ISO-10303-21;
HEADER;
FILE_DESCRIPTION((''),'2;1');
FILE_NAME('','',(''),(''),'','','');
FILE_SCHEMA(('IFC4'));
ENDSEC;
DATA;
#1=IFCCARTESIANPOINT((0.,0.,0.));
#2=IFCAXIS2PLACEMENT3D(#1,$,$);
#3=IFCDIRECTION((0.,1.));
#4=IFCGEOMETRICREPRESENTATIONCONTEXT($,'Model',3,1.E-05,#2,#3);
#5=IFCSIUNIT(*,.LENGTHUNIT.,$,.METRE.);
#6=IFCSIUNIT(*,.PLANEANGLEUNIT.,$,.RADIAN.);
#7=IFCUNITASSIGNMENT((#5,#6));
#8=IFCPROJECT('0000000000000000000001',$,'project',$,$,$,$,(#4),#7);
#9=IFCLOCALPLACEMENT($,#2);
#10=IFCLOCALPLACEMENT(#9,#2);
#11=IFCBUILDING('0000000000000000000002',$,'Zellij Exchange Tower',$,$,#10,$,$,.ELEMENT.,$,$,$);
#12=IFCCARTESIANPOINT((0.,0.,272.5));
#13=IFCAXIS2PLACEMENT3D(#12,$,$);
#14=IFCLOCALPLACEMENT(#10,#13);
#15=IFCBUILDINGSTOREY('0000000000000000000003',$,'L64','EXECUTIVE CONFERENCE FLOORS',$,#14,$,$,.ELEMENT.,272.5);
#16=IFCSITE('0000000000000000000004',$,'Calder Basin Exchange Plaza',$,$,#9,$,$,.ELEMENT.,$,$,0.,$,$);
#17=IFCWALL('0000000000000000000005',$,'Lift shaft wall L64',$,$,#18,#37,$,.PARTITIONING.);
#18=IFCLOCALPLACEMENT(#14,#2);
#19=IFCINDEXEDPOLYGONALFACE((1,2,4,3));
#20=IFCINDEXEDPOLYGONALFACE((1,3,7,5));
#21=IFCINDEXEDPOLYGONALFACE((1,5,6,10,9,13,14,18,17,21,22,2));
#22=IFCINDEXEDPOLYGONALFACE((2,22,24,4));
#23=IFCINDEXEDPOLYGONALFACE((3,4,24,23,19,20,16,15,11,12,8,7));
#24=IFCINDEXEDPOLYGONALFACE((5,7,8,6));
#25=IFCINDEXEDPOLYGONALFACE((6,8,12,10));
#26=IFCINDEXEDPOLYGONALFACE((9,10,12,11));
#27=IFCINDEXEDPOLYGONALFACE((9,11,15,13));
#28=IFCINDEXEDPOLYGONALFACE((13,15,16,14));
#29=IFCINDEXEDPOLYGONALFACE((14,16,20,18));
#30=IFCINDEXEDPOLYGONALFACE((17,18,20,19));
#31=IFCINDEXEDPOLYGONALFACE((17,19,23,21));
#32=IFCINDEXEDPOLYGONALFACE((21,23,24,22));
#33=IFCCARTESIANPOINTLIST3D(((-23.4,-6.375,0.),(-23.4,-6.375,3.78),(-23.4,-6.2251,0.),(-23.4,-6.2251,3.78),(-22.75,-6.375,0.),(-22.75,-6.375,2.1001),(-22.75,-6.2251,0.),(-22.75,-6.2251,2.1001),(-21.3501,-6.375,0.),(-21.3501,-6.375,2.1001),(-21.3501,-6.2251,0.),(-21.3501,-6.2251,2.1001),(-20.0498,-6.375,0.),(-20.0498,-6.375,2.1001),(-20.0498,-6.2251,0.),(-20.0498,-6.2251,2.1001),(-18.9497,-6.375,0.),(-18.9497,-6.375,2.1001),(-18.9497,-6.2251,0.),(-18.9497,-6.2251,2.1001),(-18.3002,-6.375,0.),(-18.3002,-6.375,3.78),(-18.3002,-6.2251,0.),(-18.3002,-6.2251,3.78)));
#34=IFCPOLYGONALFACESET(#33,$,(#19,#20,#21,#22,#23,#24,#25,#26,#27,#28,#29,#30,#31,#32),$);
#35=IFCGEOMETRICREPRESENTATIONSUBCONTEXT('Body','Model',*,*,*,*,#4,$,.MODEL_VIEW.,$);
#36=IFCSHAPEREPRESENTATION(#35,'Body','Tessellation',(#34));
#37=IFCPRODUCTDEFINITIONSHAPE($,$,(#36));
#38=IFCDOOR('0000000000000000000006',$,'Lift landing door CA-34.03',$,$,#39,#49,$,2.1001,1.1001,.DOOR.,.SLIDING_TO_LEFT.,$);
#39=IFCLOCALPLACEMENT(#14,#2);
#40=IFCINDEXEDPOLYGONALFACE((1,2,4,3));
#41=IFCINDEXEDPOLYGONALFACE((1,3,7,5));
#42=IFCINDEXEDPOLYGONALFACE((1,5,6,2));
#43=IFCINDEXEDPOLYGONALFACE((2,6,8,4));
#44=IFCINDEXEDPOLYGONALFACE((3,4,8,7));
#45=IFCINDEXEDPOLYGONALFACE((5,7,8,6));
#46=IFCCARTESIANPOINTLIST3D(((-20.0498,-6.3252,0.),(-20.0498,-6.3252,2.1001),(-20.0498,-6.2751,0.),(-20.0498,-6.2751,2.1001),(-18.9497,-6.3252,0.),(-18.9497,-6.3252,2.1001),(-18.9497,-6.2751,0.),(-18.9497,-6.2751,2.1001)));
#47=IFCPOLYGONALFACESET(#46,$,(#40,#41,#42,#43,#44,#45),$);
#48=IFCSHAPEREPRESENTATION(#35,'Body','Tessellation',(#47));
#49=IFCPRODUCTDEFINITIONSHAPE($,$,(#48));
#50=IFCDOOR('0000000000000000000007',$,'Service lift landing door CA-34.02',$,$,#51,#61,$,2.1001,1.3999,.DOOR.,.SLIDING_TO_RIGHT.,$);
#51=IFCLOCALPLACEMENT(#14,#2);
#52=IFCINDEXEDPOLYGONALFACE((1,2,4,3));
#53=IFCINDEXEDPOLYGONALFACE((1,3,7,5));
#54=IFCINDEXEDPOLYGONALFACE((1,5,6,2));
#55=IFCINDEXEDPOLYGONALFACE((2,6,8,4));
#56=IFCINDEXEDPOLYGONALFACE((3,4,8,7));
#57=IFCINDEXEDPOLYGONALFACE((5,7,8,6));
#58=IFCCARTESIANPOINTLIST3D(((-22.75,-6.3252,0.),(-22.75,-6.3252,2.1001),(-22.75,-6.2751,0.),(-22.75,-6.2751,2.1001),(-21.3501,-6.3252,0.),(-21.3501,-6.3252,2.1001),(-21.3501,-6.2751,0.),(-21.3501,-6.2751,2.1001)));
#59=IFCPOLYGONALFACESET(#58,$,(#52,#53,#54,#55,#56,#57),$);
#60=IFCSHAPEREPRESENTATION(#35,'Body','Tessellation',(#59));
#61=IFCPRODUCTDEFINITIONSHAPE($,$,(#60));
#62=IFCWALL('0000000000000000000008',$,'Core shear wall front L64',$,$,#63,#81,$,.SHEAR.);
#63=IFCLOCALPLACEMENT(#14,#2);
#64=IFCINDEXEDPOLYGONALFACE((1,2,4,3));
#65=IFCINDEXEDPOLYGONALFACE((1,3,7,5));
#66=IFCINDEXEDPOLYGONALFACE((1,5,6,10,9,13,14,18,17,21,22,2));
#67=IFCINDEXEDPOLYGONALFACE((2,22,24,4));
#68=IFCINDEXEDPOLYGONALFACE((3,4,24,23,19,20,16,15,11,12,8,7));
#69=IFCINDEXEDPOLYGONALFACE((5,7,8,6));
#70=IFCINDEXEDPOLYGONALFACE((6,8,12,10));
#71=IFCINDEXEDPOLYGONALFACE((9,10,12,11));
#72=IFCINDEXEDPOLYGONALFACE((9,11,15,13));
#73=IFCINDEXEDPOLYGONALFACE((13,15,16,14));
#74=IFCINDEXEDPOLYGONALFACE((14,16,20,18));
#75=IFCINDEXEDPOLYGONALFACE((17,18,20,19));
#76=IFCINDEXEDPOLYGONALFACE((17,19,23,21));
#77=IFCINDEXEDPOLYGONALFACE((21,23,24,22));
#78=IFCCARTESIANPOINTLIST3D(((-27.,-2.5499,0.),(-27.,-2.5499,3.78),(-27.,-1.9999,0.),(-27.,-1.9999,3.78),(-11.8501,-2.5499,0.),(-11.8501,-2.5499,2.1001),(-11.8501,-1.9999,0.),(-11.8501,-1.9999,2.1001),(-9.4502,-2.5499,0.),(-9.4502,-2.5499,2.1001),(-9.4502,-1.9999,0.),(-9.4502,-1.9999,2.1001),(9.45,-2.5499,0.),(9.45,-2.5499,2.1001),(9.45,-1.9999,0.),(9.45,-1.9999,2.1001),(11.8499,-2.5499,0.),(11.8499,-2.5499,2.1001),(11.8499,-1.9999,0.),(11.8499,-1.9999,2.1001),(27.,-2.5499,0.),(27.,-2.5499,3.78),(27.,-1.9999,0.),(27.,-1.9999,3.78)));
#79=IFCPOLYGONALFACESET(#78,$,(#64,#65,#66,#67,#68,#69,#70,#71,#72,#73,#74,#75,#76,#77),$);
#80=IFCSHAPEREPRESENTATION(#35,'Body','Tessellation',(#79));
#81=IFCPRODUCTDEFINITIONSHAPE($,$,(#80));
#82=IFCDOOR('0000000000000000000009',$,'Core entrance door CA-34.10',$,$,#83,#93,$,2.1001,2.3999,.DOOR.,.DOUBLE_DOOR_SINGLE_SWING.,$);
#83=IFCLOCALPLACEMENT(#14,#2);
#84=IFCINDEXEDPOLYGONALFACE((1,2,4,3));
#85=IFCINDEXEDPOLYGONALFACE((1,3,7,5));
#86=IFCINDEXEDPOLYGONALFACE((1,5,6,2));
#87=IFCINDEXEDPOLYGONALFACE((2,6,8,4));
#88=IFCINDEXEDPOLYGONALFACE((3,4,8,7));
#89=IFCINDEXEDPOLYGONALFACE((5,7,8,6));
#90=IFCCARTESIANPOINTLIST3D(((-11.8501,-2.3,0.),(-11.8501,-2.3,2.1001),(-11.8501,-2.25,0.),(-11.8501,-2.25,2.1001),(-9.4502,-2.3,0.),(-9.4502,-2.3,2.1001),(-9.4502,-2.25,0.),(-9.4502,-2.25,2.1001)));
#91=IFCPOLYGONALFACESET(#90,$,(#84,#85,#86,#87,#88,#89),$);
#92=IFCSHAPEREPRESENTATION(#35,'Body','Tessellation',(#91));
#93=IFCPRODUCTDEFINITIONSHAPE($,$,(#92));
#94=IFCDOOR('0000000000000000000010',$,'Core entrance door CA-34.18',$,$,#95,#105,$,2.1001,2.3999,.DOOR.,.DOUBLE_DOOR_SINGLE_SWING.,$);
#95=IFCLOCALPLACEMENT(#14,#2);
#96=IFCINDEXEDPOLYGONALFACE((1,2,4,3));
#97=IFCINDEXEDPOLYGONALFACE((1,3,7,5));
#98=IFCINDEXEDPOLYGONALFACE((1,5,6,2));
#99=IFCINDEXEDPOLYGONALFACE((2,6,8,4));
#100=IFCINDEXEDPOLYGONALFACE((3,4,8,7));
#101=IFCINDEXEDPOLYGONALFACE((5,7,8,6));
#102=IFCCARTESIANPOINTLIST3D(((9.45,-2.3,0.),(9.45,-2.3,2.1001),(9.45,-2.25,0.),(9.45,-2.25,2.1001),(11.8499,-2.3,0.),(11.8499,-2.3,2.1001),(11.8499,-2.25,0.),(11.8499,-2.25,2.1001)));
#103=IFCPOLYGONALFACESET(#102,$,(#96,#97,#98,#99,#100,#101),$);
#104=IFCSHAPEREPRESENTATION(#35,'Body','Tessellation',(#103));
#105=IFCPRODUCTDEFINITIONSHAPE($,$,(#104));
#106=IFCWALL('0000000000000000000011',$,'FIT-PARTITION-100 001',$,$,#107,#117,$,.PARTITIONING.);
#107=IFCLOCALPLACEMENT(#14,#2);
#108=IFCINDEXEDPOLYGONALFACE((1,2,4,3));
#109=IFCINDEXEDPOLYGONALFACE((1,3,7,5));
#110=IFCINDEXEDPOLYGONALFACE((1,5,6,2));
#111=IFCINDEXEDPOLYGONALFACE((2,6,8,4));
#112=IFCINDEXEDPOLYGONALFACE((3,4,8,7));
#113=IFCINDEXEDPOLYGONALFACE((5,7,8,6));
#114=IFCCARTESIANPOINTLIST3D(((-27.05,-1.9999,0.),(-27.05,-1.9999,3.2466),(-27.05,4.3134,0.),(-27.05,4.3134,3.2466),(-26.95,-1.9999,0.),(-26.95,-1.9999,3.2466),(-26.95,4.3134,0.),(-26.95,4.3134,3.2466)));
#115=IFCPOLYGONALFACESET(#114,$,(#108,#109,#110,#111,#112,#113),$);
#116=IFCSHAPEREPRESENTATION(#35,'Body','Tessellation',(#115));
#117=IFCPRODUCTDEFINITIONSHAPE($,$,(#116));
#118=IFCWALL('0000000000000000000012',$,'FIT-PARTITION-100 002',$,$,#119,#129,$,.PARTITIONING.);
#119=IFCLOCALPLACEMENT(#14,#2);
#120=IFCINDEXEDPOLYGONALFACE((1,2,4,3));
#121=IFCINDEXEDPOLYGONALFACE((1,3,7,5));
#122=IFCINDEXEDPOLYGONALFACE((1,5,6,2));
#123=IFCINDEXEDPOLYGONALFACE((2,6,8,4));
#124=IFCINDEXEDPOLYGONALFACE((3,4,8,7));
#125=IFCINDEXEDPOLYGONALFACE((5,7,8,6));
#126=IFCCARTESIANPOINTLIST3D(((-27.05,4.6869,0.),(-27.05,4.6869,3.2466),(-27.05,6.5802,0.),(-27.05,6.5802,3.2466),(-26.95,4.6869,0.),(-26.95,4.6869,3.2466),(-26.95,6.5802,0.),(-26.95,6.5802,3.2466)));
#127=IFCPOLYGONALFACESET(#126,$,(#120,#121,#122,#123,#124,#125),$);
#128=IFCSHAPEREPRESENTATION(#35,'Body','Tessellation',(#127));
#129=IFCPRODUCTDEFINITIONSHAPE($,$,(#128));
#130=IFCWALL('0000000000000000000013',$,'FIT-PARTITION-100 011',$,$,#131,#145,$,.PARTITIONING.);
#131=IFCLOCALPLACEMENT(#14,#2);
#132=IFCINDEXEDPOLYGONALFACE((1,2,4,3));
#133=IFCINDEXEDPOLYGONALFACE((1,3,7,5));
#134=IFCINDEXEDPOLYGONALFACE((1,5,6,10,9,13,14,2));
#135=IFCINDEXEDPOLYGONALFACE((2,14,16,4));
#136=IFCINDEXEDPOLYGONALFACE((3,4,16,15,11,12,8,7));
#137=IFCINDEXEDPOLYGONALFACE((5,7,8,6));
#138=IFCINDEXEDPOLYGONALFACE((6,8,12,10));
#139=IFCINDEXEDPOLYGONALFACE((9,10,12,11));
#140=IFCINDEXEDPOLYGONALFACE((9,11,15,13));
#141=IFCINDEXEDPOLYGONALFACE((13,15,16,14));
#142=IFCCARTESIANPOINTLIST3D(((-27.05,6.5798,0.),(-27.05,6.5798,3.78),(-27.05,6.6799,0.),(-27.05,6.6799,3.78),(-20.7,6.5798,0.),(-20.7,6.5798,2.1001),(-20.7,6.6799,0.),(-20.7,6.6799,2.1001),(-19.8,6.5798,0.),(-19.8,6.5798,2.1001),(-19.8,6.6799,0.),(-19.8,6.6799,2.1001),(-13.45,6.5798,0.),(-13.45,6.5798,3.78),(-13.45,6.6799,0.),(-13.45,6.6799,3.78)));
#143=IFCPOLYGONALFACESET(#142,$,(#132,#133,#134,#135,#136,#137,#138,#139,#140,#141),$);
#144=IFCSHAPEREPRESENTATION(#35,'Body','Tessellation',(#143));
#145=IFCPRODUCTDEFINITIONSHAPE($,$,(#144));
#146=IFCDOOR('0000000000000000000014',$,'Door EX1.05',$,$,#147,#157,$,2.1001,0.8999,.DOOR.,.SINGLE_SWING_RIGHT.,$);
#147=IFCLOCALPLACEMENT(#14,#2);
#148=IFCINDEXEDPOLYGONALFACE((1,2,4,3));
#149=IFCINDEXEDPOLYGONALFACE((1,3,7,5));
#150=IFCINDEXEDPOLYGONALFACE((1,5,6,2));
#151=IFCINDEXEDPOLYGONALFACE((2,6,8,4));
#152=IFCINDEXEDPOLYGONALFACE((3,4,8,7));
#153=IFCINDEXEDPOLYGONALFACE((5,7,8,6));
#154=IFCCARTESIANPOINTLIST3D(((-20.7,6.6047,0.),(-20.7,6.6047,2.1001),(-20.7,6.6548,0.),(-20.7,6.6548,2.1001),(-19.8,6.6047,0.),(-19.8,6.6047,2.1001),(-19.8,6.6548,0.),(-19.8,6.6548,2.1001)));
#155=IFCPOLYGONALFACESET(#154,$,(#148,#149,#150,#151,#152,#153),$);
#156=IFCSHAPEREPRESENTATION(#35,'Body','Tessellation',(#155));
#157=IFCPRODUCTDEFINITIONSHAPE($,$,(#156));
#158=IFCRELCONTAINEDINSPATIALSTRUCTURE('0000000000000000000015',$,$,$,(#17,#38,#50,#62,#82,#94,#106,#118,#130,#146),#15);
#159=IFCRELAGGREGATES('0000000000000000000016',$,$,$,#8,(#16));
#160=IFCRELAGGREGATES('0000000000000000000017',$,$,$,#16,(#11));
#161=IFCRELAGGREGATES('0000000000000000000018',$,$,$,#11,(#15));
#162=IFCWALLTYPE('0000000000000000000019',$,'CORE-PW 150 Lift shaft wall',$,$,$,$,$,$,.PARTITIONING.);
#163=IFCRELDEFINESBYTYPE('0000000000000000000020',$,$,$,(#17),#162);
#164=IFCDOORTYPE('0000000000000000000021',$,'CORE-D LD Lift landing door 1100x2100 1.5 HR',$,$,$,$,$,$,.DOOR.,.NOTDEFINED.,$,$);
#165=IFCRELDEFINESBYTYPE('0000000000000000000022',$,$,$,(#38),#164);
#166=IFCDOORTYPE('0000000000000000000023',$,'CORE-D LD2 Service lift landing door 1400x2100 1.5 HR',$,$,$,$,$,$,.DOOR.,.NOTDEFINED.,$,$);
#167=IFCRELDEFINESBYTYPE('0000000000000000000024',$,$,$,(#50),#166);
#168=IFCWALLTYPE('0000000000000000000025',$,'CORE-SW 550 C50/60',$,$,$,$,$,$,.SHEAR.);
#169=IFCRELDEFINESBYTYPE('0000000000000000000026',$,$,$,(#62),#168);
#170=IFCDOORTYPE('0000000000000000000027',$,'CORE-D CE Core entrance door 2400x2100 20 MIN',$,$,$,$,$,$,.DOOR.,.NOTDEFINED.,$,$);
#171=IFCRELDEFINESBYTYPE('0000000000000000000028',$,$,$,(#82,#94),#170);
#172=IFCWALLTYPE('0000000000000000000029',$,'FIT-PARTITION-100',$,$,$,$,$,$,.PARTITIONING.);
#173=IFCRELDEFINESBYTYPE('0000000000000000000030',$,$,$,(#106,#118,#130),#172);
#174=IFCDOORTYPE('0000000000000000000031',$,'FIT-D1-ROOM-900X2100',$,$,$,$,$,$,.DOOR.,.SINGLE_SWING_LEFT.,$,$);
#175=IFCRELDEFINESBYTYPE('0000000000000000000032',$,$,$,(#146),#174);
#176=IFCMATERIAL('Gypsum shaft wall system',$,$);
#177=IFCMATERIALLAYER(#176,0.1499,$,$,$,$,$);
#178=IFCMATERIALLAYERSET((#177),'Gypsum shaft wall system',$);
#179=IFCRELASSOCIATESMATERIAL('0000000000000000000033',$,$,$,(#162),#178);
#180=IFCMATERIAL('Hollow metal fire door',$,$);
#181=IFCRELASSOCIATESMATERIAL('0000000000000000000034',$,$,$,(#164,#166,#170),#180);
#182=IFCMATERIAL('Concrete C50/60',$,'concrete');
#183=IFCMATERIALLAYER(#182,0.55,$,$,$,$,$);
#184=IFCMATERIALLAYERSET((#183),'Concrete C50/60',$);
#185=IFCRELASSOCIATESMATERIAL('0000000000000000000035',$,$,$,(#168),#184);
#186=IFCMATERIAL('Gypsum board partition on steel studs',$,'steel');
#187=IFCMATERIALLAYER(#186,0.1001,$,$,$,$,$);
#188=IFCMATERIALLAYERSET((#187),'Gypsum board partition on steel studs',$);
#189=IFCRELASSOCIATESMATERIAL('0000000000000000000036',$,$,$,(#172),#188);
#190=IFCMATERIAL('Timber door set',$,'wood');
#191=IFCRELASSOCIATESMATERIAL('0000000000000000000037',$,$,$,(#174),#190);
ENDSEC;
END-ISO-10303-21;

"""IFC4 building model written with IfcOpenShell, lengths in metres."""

from ifc_helpers import new_model, si_unit, direction, frame, frame_2d, origin, place, context, subcontext, project, spatial, rectangle, extrude, material, layer, layer_set, type_object, element, fill, save


model = new_model("IFC4")

# Units and contexts
model_context = context("Model", 3, precision=1e-05, world=origin(), true_north=direction((0.0, 1.0)))
body_context = subcontext(model_context, "Body", "Model", "MODEL_VIEW")
ifc_project = project(units=[si_unit("LENGTHUNIT", "METRE"), si_unit("PLANEANGLEUNIT", "RADIAN")], contexts=[model_context])

# Site, building, storey
site_placement = place(None, origin())
site = spatial("IfcSite", under=ifc_project, at=site_placement, Name="Calder Basin Exchange Plaza", CompositionType="ELEMENT", RefElevation=0.0)
building_placement = place(site_placement, origin())
building = spatial("IfcBuilding", under=site, at=building_placement, Name="Zellij Exchange Tower", CompositionType="ELEMENT")
storey_placement = place(building_placement, frame((0.0, 0.0, 272.5)))
storey = spatial("IfcBuildingStorey", under=building, at=storey_placement, Name="L64", Description="EXECUTIVE CONFERENCE FLOORS", CompositionType="ELEMENT", Elevation=272.5)

# Shared definitions
ifc_material_1 = material(Name="Concrete C50/60", Category="concrete")

# Walls, openings, doors
ifc_material_2 = material(Name="Gypsum shaft wall system")
ifc_layer_1 = layer(ifc_material_2, 0.1499)
ifc_layer_set_1 = layer_set([ifc_layer_1], Name="Gypsum shaft wall system")
wall_type_1 = type_object("IfcWallType", Name="CORE-PW 150 Lift shaft wall", PredefinedType="PARTITIONING", material=ifc_layer_set_1)
wall_1_placement = place(storey_placement, frame((-23.3999, -6.3, 0.0), z_axis=(0.0, 0.0, 1.0), x_axis=(1.0, 0.0, 0.0)))
wall_1 = element("IfcWall", 1, at=wall_1_placement, inside=storey, type_object=wall_type_1, Name="Lift shaft wall L64", PredefinedType="PARTITIONING", context=body_context, shape_type="SweptSolid", body=[
    extrude(rectangle(XDim=5.0999, YDim=0.1499, at=frame_2d((2.5498, 0.0))), origin(), (0.0, 0.0, 1.0), 3.78),
])
opening_1_placement = place(wall_1_placement, frame((0.6499, 0.0, 0.0)))
opening_1 = element("IfcOpeningElement", 2, at=opening_1_placement, cuts=wall_1, PredefinedType="OPENING", context=body_context, shape_type="SweptSolid", body=[
    extrude(rectangle(XDim=1.3999, YDim=2.1001, at=frame_2d((0.7, 1.05))), frame((0.0, 0.0869, 0.0), z_axis=(0.0, -1.0, 0.0), x_axis=(1.0, 0.0, 0.0)), (0.0, 0.0, 1.0), 0.1738),
])
opening_2_placement = place(wall_1_placement, frame((3.3501, 0.0, 0.0)))
opening_2 = element("IfcOpeningElement", 3, at=opening_2_placement, cuts=wall_1, PredefinedType="OPENING", context=body_context, shape_type="SweptSolid", body=[
    extrude(rectangle(XDim=1.1001, YDim=2.1001, at=frame_2d((0.55, 1.05))), frame((0.0, 0.0869, 0.0), z_axis=(0.0, -1.0, 0.0), x_axis=(1.0, 0.0, 0.0)), (0.0, 0.0, 1.0), 0.1738),
])
ifc_material_3 = material(Name="Hollow metal fire door")
door_type_1 = type_object("IfcDoorType", Name="CORE-D LD Lift landing door 1100x2100 1.5 HR", OperationType="NOTDEFINED", PredefinedType="DOOR", material=ifc_material_3)
door_1_placement = place(opening_2_placement, origin())
door_1 = element("IfcDoor", 4, at=door_1_placement, inside=storey, type_object=door_type_1, Name="Lift landing door CA-34.03", OperationType="SLIDING_TO_LEFT", OverallHeight=2.1001, OverallWidth=1.1001, PredefinedType="DOOR", context=body_context, shape_type="SweptSolid", body=[
    extrude(rectangle(XDim=1.1001, YDim=2.1001, at=frame_2d((0.55, 1.05))), frame((0.0, 0.0249, 0.0), z_axis=(0.0, -1.0, 0.0), x_axis=(1.0, 0.0, 0.0)), (0.0, 0.0, 1.0), 0.05),
])
fill(opening_2, door_1)
door_type_2 = type_object("IfcDoorType", Name="CORE-D LD2 Service lift landing door 1400x2100 1.5 HR", OperationType="NOTDEFINED", PredefinedType="DOOR", material=ifc_material_3)
door_2_placement = place(opening_1_placement, origin())
door_2 = element("IfcDoor", 5, at=door_2_placement, inside=storey, type_object=door_type_2, Name="Service lift landing door CA-34.02", OperationType="SLIDING_TO_RIGHT", OverallHeight=2.1001, OverallWidth=1.3999, PredefinedType="DOOR", context=body_context, shape_type="SweptSolid", body=[
    extrude(rectangle(XDim=1.3999, YDim=2.1001, at=frame_2d((0.7, 1.05))), frame((0.0, 0.0249, 0.0), z_axis=(0.0, -1.0, 0.0), x_axis=(1.0, 0.0, 0.0)), (0.0, 0.0, 1.0), 0.05),
])
fill(opening_1, door_2)
ifc_layer_2 = layer(ifc_material_1, 0.55)
ifc_layer_set_2 = layer_set([ifc_layer_2], Name="Concrete C50/60")
wall_type_2 = type_object("IfcWallType", Name="CORE-SW 550 C50/60", PredefinedType="SHEAR", material=ifc_layer_set_2)
wall_2_placement = place(storey_placement, frame((-27.0, -2.2749, 0.0), z_axis=(0.0, 0.0, 1.0), x_axis=(1.0, 0.0, 0.0)))
wall_2 = element("IfcWall", 6, at=wall_2_placement, inside=storey, type_object=wall_type_2, Name="Core shear wall front L64", PredefinedType="SHEAR", context=body_context, shape_type="SweptSolid", body=[
    extrude(rectangle(XDim=54.0, YDim=0.55, at=frame_2d((27.0, 0.0))), origin(), (0.0, 0.0, 1.0), 3.78),
])
opening_3_placement = place(wall_2_placement, frame((15.1499, 0.0, 0.0)))
opening_3 = element("IfcOpeningElement", 7, at=opening_3_placement, cuts=wall_2, PredefinedType="OPENING", context=body_context, shape_type="SweptSolid", body=[
    extrude(rectangle(XDim=2.3999, YDim=2.1001, at=frame_2d((1.2, 1.05))), frame((0.0, 0.2871, 0.0), z_axis=(0.0, -1.0, 0.0), x_axis=(1.0, 0.0, 0.0)), (0.0, 0.0, 1.0), 0.574),
])
opening_4_placement = place(wall_2_placement, frame((36.45, 0.0, 0.0)))
opening_4 = element("IfcOpeningElement", 8, at=opening_4_placement, cuts=wall_2, PredefinedType="OPENING", context=body_context, shape_type="SweptSolid", body=[
    extrude(rectangle(XDim=2.3999, YDim=2.1001, at=frame_2d((1.2, 1.05))), frame((0.0, 0.2871, 0.0), z_axis=(0.0, -1.0, 0.0), x_axis=(1.0, 0.0, 0.0)), (0.0, 0.0, 1.0), 0.574),
])
door_type_3 = type_object("IfcDoorType", Name="CORE-D CE Core entrance door 2400x2100 20 MIN", OperationType="NOTDEFINED", PredefinedType="DOOR", material=ifc_material_3)
door_3_placement = place(opening_3_placement, origin())
door_3 = element("IfcDoor", 9, at=door_3_placement, inside=storey, type_object=door_type_3, Name="Core entrance door CA-34.10", OperationType="DOUBLE_DOOR_SINGLE_SWING", OverallHeight=2.1001, OverallWidth=2.3999, PredefinedType="DOOR", context=body_context, shape_type="SweptSolid", body=[
    extrude(rectangle(XDim=2.3999, YDim=2.1001, at=frame_2d((1.2, 1.05))), frame((0.0, 0.0249, 0.0), z_axis=(0.0, -1.0, 0.0), x_axis=(1.0, 0.0, 0.0)), (0.0, 0.0, 1.0), 0.05),
])
fill(opening_3, door_3)
door_4_placement = place(opening_4_placement, origin())
door_4 = element("IfcDoor", 10, at=door_4_placement, inside=storey, type_object=door_type_3, Name="Core entrance door CA-34.18", OperationType="DOUBLE_DOOR_SINGLE_SWING", OverallHeight=2.1001, OverallWidth=2.3999, PredefinedType="DOOR", context=body_context, shape_type="SweptSolid", body=[
    extrude(rectangle(XDim=2.3999, YDim=2.1001, at=frame_2d((1.2, 1.05))), frame((0.0, 0.0249, 0.0), z_axis=(0.0, -1.0, 0.0), x_axis=(1.0, 0.0, 0.0)), (0.0, 0.0, 1.0), 0.05),
])
fill(opening_4, door_4)

# Walls
ifc_material_4 = material(Name="Gypsum board partition on steel studs", Category="steel")
ifc_layer_3 = layer(ifc_material_4, 0.1001)
ifc_layer_set_3 = layer_set([ifc_layer_3], Name="Gypsum board partition on steel studs")
wall_type_3 = type_object("IfcWallType", Name="FIT-PARTITION-100", PredefinedType="PARTITIONING", material=ifc_layer_set_3)
wall_3_placement = place(storey_placement, frame((-27.0, -2.0, 0.0), z_axis=(0.0, 0.0, 1.0), x_axis=(0.0, 1.0, 0.0)))
element("IfcWall", 11, at=wall_3_placement, inside=storey, type_object=wall_type_3, Name="FIT-PARTITION-100 001", PredefinedType="PARTITIONING", context=body_context, shape_type="SweptSolid", body=[
    extrude(rectangle(XDim=6.3132, YDim=0.1001, at=frame_2d((3.1567, 0.0))), origin(), (0.0, 0.0, 1.0), 3.2466),
])
wall_4_placement = place(storey_placement, frame((-27.0, 4.6868, 0.0), z_axis=(0.0, 0.0, 1.0), x_axis=(0.0, 1.0, 0.0)))
element("IfcWall", 12, at=wall_4_placement, inside=storey, type_object=wall_type_3, Name="FIT-PARTITION-100 002", PredefinedType="PARTITIONING", context=body_context, shape_type="SweptSolid", body=[
    extrude(rectangle(XDim=1.8933, YDim=0.1001, at=frame_2d((0.9468, 0.0))), origin(), (0.0, 0.0, 1.0), 3.2466),
])

# Wall, opening, door
wall_5_placement = place(storey_placement, frame((-27.05, 6.6299, 0.0), z_axis=(0.0, 0.0, 1.0), x_axis=(1.0, 0.0, 0.0)))
wall_5 = element("IfcWall", 13, at=wall_5_placement, inside=storey, type_object=wall_type_3, Name="FIT-PARTITION-100 011", PredefinedType="PARTITIONING", context=body_context, shape_type="SweptSolid", body=[
    extrude(rectangle(XDim=13.6001, YDim=0.1001, at=frame_2d((6.8, 0.0))), origin(), (0.0, 0.0, 1.0), 3.78),
])
opening_5_placement = place(wall_5_placement, frame((6.3501, 0.0, 0.0)))
opening_5 = element("IfcOpeningElement", 14, at=opening_5_placement, cuts=wall_5, PredefinedType="OPENING", context=body_context, shape_type="SweptSolid", body=[
    extrude(rectangle(XDim=0.8999, YDim=2.1001, at=frame_2d((0.45, 1.05))), frame((0.0, 0.062, 0.0), z_axis=(0.0, -1.0, 0.0), x_axis=(1.0, 0.0, 0.0)), (0.0, 0.0, 1.0), 0.124),
])
ifc_material_5 = material(Name="Timber door set", Category="wood")
door_type_4 = type_object("IfcDoorType", Name="FIT-D1-ROOM-900X2100", OperationType="SINGLE_SWING_LEFT", PredefinedType="DOOR", material=ifc_material_5)
door_5_placement = place(opening_5_placement, origin())
door_5 = element("IfcDoor", 15, at=door_5_placement, inside=storey, type_object=door_type_4, Name="Door EX1.05", OperationType="SINGLE_SWING_RIGHT", OverallHeight=2.1001, OverallWidth=0.8999, PredefinedType="DOOR", context=body_context, shape_type="SweptSolid", body=[
    extrude(rectangle(XDim=0.8999, YDim=2.1001, at=frame_2d((0.45, 1.05))), frame((0.0, 0.0249, 0.0), z_axis=(0.0, -1.0, 0.0), x_axis=(1.0, 0.0, 0.0)), (0.0, 0.0, 1.0), 0.05),
])
fill(opening_5, door_5)

save(model, "model.ifc")
